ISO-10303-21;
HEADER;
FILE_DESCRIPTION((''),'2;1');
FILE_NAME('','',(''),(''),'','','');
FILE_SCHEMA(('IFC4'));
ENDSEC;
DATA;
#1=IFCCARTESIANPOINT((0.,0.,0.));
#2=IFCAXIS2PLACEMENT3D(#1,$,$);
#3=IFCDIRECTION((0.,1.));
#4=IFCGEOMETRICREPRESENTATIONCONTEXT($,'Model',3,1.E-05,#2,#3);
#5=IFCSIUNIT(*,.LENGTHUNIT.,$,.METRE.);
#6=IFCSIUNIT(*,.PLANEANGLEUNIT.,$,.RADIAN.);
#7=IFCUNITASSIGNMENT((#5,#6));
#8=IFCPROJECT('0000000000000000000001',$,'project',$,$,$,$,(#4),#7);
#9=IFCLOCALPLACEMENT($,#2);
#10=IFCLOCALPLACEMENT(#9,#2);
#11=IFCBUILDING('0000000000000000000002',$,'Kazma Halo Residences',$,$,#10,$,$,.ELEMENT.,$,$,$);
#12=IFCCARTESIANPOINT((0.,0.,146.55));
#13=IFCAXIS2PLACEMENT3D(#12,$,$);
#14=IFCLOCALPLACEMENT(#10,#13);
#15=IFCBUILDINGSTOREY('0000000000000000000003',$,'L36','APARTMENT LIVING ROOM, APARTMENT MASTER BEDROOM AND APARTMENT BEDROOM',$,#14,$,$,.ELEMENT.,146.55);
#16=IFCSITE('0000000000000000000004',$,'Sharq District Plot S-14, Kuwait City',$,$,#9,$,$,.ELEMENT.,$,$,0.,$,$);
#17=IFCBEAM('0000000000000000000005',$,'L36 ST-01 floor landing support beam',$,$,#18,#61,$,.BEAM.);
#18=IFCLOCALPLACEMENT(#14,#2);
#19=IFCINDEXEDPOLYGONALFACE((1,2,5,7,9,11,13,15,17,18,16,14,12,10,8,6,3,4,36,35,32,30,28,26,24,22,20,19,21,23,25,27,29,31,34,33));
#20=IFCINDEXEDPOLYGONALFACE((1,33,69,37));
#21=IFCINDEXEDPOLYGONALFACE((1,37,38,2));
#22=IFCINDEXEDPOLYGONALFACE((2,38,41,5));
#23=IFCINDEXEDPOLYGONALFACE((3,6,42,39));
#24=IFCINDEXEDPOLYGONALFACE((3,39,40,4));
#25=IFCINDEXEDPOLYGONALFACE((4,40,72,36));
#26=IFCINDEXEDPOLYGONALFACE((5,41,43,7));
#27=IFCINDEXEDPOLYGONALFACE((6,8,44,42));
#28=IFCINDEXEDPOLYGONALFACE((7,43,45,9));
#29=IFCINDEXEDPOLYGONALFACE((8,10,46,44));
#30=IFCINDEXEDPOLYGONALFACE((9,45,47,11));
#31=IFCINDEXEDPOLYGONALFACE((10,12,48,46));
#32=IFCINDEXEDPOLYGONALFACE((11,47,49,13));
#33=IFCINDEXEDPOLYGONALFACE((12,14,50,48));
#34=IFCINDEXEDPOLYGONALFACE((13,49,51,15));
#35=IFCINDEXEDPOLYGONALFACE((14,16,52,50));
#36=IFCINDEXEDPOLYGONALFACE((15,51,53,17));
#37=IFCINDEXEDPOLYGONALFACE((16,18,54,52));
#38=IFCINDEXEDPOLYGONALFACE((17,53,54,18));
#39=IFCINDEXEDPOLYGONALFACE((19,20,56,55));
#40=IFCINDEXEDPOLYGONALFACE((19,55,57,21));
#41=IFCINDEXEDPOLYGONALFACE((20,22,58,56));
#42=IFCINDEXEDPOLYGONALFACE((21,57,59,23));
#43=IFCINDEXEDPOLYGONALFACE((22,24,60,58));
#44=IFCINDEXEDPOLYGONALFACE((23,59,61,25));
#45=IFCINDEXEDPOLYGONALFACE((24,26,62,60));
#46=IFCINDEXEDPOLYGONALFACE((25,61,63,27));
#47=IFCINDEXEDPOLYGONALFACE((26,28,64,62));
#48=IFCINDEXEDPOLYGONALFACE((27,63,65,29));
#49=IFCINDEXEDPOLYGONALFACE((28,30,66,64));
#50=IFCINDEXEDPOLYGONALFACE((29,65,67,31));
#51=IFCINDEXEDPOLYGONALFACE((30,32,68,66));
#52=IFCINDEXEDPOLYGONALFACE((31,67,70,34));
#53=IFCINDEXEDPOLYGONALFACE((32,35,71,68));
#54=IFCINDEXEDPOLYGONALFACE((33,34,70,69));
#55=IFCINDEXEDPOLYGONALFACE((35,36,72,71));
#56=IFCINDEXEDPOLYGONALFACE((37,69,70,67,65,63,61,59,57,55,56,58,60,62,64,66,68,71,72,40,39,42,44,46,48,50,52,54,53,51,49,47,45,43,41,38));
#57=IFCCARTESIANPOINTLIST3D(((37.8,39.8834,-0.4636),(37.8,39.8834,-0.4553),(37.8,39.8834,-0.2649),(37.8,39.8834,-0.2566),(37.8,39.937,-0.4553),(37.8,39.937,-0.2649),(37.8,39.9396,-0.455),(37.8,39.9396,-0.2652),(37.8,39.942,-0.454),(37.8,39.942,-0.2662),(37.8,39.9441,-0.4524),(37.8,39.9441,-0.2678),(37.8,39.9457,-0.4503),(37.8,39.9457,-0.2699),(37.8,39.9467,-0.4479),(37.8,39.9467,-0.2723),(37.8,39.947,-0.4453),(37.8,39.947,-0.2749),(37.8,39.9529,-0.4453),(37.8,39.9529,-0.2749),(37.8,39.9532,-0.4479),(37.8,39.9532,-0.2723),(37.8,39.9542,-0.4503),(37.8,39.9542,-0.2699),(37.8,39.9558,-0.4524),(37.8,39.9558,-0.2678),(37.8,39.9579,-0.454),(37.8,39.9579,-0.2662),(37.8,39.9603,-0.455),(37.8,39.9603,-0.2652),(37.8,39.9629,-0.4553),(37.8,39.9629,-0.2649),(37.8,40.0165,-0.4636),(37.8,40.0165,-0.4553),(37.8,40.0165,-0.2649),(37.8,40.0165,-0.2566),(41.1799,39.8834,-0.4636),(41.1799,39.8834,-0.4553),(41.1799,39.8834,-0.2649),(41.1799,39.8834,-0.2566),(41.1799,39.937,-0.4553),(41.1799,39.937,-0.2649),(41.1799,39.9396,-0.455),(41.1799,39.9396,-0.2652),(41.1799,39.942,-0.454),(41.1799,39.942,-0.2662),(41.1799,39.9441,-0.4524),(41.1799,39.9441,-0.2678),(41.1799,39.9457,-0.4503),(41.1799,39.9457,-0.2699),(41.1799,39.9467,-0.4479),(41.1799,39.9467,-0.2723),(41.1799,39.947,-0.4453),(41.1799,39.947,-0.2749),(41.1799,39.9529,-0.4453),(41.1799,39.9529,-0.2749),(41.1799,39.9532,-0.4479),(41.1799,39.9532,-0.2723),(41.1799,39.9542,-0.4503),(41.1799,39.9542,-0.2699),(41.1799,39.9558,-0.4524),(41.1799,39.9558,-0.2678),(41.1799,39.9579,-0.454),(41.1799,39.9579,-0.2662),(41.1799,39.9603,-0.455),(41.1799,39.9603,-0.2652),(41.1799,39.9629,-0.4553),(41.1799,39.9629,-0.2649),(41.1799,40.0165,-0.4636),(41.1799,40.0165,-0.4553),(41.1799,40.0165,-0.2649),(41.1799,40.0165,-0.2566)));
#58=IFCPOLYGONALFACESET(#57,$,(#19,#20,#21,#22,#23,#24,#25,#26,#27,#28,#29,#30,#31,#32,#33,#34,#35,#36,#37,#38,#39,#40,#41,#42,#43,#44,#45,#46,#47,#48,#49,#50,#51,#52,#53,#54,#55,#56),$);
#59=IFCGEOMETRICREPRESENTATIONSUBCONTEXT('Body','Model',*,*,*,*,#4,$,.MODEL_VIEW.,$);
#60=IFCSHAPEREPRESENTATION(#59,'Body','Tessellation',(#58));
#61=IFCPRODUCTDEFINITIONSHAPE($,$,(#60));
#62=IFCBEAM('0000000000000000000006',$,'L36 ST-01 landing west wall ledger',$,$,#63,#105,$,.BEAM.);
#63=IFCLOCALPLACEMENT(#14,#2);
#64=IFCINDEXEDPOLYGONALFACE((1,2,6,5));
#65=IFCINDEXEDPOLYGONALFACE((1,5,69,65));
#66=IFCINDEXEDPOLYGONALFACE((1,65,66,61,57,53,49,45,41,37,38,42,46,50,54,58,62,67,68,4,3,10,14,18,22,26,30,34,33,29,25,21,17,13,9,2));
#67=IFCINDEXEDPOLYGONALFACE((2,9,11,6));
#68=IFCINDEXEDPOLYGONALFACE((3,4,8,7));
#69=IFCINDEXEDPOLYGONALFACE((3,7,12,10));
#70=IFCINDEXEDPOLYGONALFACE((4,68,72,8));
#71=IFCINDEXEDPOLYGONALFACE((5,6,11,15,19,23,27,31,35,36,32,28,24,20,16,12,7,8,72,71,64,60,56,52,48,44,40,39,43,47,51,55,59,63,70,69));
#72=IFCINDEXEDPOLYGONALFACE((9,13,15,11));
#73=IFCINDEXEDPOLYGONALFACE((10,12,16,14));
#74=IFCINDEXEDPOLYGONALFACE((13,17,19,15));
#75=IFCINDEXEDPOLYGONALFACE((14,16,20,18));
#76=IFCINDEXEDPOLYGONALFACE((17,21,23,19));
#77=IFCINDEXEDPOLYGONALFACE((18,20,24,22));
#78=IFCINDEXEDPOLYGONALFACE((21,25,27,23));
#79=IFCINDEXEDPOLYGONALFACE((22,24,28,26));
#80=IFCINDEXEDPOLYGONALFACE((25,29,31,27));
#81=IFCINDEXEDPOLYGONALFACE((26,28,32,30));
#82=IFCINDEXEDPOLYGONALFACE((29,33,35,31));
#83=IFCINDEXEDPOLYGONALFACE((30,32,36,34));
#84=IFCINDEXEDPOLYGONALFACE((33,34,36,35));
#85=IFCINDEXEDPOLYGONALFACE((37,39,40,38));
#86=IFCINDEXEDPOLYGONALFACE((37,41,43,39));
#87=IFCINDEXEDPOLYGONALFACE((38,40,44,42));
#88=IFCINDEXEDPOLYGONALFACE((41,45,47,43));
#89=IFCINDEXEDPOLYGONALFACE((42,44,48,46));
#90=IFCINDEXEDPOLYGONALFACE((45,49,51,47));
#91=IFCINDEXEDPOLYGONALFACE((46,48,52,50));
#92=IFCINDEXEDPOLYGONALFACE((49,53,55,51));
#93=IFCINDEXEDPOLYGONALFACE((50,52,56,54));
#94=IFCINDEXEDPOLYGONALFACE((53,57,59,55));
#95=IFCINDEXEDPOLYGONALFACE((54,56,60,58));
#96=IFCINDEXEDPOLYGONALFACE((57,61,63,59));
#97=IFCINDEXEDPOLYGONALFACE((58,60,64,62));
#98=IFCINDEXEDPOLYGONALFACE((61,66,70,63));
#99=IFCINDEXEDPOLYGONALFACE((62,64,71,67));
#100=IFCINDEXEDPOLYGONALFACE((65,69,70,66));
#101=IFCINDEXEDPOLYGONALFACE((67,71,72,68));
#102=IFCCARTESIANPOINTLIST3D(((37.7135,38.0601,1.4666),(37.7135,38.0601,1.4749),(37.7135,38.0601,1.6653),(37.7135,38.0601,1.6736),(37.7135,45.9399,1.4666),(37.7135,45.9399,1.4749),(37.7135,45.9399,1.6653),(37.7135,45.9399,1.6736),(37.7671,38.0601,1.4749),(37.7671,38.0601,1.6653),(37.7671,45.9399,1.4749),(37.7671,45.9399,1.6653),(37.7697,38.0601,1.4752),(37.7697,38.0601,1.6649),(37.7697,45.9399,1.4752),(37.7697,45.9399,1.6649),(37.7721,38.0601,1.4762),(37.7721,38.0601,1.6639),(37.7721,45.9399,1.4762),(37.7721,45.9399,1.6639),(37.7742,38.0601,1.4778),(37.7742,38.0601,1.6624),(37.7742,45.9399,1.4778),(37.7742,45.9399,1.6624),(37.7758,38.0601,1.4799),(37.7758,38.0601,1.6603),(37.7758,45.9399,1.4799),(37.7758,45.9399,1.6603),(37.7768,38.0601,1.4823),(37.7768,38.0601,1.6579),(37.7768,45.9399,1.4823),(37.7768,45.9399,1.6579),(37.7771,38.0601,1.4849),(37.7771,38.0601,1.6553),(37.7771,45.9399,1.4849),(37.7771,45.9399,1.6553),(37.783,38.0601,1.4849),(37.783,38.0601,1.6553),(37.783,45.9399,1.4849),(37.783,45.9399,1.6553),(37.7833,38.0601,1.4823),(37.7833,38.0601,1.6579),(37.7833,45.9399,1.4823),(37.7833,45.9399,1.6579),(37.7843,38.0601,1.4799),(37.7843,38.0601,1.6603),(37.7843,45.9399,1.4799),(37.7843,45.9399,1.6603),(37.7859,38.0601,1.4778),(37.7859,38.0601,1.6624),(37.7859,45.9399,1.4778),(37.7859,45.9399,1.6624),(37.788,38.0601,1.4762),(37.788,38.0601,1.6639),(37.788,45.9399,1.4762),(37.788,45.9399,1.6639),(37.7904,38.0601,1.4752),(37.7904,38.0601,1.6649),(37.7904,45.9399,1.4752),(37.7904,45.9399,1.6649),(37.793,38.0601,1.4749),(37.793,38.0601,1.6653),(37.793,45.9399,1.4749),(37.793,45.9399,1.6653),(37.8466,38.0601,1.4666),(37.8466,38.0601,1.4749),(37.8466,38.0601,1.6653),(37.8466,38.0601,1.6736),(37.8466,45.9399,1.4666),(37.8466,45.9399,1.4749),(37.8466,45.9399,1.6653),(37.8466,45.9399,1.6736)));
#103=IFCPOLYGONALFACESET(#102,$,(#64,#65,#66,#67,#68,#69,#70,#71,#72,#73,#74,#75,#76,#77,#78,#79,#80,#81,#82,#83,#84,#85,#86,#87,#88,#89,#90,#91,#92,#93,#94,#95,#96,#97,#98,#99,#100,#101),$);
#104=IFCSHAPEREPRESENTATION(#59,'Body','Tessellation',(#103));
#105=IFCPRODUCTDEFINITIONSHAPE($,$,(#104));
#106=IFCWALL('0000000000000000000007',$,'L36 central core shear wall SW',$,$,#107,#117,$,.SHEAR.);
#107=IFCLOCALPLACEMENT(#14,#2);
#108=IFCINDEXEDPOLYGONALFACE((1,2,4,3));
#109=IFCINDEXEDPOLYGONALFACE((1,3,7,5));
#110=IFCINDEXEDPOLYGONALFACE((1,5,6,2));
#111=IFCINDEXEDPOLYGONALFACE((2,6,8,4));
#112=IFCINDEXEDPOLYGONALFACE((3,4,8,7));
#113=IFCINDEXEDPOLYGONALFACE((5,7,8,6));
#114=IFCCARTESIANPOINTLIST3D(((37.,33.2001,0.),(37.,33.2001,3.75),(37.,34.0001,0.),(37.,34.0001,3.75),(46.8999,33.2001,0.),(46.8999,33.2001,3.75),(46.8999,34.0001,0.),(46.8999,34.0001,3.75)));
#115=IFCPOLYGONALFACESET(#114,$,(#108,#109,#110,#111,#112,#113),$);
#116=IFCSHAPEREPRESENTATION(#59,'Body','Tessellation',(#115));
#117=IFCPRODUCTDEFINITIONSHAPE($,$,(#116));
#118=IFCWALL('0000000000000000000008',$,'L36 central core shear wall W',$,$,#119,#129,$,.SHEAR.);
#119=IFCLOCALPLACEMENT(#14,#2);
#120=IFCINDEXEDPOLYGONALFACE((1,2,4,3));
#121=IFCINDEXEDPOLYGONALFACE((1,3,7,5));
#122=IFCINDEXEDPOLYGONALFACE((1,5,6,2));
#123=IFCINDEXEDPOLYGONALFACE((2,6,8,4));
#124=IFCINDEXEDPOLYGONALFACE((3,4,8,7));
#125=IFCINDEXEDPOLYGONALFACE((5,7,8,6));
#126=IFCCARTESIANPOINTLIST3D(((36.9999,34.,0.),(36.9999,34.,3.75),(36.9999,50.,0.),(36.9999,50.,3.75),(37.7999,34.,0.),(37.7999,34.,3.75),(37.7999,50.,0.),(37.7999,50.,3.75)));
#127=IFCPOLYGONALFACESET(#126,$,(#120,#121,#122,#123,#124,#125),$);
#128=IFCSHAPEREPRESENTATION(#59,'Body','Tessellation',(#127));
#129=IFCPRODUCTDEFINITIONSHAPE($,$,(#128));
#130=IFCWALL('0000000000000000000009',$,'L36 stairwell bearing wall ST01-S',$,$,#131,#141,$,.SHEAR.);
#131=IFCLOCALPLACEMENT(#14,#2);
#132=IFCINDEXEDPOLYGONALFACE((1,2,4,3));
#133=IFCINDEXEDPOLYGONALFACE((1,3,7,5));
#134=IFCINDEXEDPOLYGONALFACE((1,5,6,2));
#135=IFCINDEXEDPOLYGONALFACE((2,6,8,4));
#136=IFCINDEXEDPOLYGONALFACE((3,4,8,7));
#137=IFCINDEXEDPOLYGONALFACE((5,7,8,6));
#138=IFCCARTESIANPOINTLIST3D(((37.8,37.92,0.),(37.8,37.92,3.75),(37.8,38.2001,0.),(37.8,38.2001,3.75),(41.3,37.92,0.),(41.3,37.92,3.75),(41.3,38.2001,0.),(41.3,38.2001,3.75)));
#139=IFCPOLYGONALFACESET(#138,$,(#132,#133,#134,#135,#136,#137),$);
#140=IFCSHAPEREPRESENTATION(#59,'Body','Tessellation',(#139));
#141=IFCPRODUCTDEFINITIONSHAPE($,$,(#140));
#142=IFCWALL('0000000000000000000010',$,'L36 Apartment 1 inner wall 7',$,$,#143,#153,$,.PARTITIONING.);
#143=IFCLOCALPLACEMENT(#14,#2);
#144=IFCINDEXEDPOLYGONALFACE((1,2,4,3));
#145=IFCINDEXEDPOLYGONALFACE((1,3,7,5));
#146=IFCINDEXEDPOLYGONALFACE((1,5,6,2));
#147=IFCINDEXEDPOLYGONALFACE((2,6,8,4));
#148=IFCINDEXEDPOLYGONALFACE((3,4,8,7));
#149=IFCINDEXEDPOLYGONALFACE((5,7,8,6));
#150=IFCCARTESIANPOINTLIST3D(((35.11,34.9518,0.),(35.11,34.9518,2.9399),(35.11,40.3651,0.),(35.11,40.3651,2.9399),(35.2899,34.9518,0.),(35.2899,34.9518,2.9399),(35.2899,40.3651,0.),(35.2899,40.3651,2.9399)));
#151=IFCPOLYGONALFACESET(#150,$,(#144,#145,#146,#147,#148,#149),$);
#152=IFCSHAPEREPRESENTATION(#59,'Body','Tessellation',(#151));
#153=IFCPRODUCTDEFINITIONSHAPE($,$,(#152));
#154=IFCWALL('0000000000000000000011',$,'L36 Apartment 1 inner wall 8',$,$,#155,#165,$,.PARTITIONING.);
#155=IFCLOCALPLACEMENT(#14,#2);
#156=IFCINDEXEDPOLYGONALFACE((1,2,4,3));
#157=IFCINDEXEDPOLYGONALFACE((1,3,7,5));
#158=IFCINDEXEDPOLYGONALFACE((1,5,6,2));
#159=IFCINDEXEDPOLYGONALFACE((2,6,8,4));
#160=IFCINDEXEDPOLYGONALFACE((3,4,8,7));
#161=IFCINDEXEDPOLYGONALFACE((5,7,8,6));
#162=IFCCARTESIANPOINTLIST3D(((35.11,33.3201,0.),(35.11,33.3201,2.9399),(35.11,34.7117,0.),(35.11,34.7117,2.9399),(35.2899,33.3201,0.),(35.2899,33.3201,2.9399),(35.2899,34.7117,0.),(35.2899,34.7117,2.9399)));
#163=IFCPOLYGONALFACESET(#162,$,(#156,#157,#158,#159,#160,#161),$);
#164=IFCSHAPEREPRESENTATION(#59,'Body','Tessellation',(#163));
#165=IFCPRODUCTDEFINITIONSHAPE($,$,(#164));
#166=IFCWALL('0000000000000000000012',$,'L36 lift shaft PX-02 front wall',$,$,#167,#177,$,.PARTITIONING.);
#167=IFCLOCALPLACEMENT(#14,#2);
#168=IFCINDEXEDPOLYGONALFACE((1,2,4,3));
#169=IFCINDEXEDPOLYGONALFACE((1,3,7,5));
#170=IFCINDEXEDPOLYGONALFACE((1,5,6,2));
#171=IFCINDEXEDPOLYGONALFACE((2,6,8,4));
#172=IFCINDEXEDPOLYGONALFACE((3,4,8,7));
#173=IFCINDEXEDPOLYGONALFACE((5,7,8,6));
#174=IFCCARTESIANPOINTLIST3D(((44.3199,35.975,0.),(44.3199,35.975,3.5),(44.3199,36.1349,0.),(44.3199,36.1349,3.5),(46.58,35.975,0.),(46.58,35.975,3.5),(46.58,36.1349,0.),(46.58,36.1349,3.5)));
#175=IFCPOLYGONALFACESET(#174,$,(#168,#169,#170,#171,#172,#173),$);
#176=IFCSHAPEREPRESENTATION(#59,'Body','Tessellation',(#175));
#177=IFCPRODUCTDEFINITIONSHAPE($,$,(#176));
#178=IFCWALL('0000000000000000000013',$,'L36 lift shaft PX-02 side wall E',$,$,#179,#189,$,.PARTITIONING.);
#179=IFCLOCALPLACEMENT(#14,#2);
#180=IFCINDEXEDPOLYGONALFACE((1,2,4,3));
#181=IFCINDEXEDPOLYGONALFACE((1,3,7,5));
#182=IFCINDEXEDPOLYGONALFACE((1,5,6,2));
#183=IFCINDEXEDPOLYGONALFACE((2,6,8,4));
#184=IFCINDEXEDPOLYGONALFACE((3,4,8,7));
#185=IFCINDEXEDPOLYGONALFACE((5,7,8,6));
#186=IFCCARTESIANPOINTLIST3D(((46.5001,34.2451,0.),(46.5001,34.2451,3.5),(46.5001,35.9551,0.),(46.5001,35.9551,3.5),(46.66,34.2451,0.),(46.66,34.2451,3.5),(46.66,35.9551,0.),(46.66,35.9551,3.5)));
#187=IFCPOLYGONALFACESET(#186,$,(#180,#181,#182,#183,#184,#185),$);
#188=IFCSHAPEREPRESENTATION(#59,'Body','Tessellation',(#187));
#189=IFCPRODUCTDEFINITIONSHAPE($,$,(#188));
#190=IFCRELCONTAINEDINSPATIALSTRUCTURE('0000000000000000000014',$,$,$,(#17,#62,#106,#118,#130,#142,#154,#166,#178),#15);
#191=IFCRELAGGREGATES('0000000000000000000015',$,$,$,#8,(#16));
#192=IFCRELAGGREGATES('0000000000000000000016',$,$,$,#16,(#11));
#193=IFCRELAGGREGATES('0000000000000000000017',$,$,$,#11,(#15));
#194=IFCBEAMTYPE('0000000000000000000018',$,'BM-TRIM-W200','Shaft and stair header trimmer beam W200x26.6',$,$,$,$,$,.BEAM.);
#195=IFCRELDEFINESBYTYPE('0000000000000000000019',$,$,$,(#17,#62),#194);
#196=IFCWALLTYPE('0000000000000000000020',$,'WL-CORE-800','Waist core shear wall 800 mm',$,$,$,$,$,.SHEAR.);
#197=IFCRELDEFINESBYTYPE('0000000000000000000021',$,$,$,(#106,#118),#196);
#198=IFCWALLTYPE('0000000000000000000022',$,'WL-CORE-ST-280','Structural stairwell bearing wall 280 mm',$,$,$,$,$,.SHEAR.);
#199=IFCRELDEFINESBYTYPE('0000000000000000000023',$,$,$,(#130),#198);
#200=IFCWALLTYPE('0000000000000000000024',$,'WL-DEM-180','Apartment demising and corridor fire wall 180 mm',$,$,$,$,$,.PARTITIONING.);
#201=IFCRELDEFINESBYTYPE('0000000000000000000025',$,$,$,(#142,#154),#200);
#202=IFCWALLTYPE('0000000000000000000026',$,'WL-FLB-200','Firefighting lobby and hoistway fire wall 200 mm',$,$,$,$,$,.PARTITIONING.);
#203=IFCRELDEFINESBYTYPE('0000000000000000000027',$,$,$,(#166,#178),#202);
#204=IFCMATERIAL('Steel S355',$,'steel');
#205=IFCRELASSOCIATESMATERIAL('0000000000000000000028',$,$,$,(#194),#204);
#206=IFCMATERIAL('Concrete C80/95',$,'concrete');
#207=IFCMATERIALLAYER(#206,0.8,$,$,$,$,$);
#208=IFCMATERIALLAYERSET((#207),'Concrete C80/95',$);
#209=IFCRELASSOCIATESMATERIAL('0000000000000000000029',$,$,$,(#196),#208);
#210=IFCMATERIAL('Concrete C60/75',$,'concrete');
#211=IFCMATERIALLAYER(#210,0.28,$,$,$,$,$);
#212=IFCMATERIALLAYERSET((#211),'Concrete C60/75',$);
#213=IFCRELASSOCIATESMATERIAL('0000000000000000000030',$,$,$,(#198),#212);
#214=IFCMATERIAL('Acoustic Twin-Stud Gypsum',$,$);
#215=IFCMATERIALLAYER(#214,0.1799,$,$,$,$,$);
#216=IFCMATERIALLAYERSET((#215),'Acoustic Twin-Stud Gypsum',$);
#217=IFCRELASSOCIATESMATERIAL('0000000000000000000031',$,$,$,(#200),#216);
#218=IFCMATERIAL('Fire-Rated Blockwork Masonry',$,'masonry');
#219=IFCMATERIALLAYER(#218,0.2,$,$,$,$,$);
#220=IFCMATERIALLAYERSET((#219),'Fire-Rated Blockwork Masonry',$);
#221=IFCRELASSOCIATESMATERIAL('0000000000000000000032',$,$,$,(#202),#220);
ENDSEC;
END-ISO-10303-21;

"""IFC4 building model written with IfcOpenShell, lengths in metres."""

from ifc_helpers import new_model, si_unit, direction, frame, frame_2d, origin, origin_2d, place, context, subcontext, project, spatial, rectangle, i_section, extrude, material, layer, layer_set, material_profile, profile_set, type_object, element, save


model = new_model("IFC4")

# Units and contexts
model_context = context("Model", 3, precision=1e-05, world=origin(), true_north=direction((0.0, 1.0)))
body_context = subcontext(model_context, "Body", "Model", "MODEL_VIEW")
ifc_project = project(units=[si_unit("LENGTHUNIT", "METRE"), si_unit("PLANEANGLEUNIT", "RADIAN")], contexts=[model_context])

# Site, building, storey
site_placement = place(None, origin())
site = spatial("IfcSite", under=ifc_project, at=site_placement, Name="Sharq District Plot S-14, Kuwait City", CompositionType="ELEMENT", RefElevation=0.0)
building_placement = place(site_placement, origin())
building = spatial("IfcBuilding", under=site, at=building_placement, Name="Kazma Halo Residences", CompositionType="ELEMENT")
storey_placement = place(building_placement, frame((0.0, 0.0, 146.55)))
storey = spatial("IfcBuildingStorey", under=building, at=storey_placement, Name="L36", Description="APARTMENT LIVING ROOM, APARTMENT MASTER BEDROOM AND APARTMENT BEDROOM", CompositionType="ELEMENT", Elevation=146.55)

# Beams
ifc_material_1 = material(Name="Steel S355", Category="steel")
ifc_material_profile_1 = material_profile(ifc_material_1, i_section(OverallWidth=0.1331, OverallDepth=0.207, WebThickness=0.0059, FlangeThickness=0.0083, FilletRadius=0.01, at=origin_2d()), Name="W200x26.6")
ifc_profile_set_1 = profile_set([ifc_material_profile_1], Name="Steel S355")
beam_type_1 = type_object("IfcBeamType", Name="BM-TRIM-W200", Description="Shaft and stair header trimmer beam W200x26.6", PredefinedType="BEAM", material=ifc_profile_set_1)
beam_1_placement = place(storey_placement, frame((37.8, 39.95, -0.3601), z_axis=(1.0, 0.0, 0.0), x_axis=(0.0, 1.0, 0.0)))
element("IfcBeam", 1, at=beam_1_placement, inside=storey, type_object=beam_type_1, Name="L36 ST-01 floor landing support beam", PredefinedType="BEAM", context=body_context, shape_type="SweptSolid", body=[
    extrude(i_section(OverallWidth=0.1331, OverallDepth=0.207, WebThickness=0.0059, FlangeThickness=0.0083, FilletRadius=0.01, at=origin_2d()), origin(), (0.0, 0.0, 1.0), 3.3799),
])
beam_2_placement = place(storey_placement, frame((37.78, 38.0601, 1.5701), z_axis=(0.0, 1.0, 0.0), x_axis=(-1.0, 0.0, 0.0)))
element("IfcBeam", 2, at=beam_2_placement, inside=storey, type_object=beam_type_1, Name="L36 ST-01 landing west wall ledger", PredefinedType="BEAM", context=body_context, shape_type="SweptSolid", body=[
    extrude(i_section(OverallWidth=0.1331, OverallDepth=0.207, WebThickness=0.0059, FlangeThickness=0.0083, FilletRadius=0.01, at=origin_2d()), origin(), (0.0, 0.0, 1.0), 7.8799),
])

# Walls
ifc_material_2 = material(Name="Concrete C80/95", Category="concrete")
ifc_layer_1 = layer(ifc_material_2, 0.8)
ifc_layer_set_1 = layer_set([ifc_layer_1], Name="Concrete C80/95")
wall_type_1 = type_object("IfcWallType", Name="WL-CORE-800", Description="Waist core shear wall 800 mm", PredefinedType="SHEAR", material=ifc_layer_set_1)
wall_1_placement = place(storey_placement, frame((37.0, 33.6001, 0.0), z_axis=(0.0, 0.0, 1.0), x_axis=(1.0, 0.0, 0.0)))
element("IfcWall", 3, at=wall_1_placement, inside=storey, type_object=wall_type_1, Name="L36 central core shear wall SW", PredefinedType="SHEAR", context=body_context, shape_type="SweptSolid", body=[
    extrude(rectangle(XDim=9.8999, YDim=0.8, at=frame_2d((4.95, 0.0))), origin(), (0.0, 0.0, 1.0), 3.75),
])
wall_2_placement = place(storey_placement, frame((37.3999, 34.0, 0.0), z_axis=(0.0, 0.0, 1.0), x_axis=(0.0, 1.0, 0.0)))
element("IfcWall", 4, at=wall_2_placement, inside=storey, type_object=wall_type_1, Name="L36 central core shear wall W", PredefinedType="SHEAR", context=body_context, shape_type="SweptSolid", body=[
    extrude(rectangle(XDim=16.0, YDim=0.8, at=frame_2d((8.0, 0.0))), origin(), (0.0, 0.0, 1.0), 3.75),
])
ifc_material_3 = material(Name="Concrete C60/75", Category="concrete")
ifc_layer_2 = layer(ifc_material_3, 0.28)
ifc_layer_set_2 = layer_set([ifc_layer_2], Name="Concrete C60/75")
wall_type_2 = type_object("IfcWallType", Name="WL-CORE-ST-280", Description="Structural stairwell bearing wall 280 mm", PredefinedType="SHEAR", material=ifc_layer_set_2)
wall_3_placement = place(storey_placement, frame((37.8, 38.0601, 0.0), z_axis=(0.0, 0.0, 1.0), x_axis=(1.0, 0.0, 0.0)))
element("IfcWall", 5, at=wall_3_placement, inside=storey, type_object=wall_type_2, Name="L36 stairwell bearing wall ST01-S", PredefinedType="SHEAR", context=body_context, shape_type="SweptSolid", body=[
    extrude(rectangle(XDim=3.5, YDim=0.28, at=frame_2d((1.75, 0.0))), origin(), (0.0, 0.0, 1.0), 3.75),
])
ifc_material_4 = material(Name="Acoustic Twin-Stud Gypsum")
ifc_layer_3 = layer(ifc_material_4, 0.1799)
ifc_layer_set_3 = layer_set([ifc_layer_3], Name="Acoustic Twin-Stud Gypsum")
wall_type_3 = type_object("IfcWallType", Name="WL-DEM-180", Description="Apartment demising and corridor fire wall 180 mm", PredefinedType="PARTITIONING", material=ifc_layer_set_3)
wall_4_placement = place(storey_placement, frame((35.2, 40.365, 0.0), z_axis=(0.0, 0.0, 1.0), x_axis=(0.0, -1.0, 0.0)))
element("IfcWall", 6, at=wall_4_placement, inside=storey, type_object=wall_type_3, Name="L36 Apartment 1 inner wall 7", PredefinedType="PARTITIONING", context=body_context, shape_type="SweptSolid", body=[
    extrude(rectangle(XDim=5.4133, YDim=0.1799, at=frame_2d((2.7065, 0.0))), origin(), (0.0, 0.0, 1.0), 2.9399),
])
wall_5_placement = place(storey_placement, frame((35.2, 34.7117, 0.0), z_axis=(0.0, 0.0, 1.0), x_axis=(0.0, -1.0, 0.0)))
element("IfcWall", 7, at=wall_5_placement, inside=storey, type_object=wall_type_3, Name="L36 Apartment 1 inner wall 8", PredefinedType="PARTITIONING", context=body_context, shape_type="SweptSolid", body=[
    extrude(rectangle(XDim=1.3916, YDim=0.1799, at=frame_2d((0.6958, 0.0))), origin(), (0.0, 0.0, 1.0), 2.9399),
])
ifc_material_5 = material(Name="Fire-Rated Blockwork Masonry", Category="masonry")
ifc_layer_4 = layer(ifc_material_5, 0.2)
ifc_layer_set_4 = layer_set([ifc_layer_4], Name="Fire-Rated Blockwork Masonry")
wall_type_4 = type_object("IfcWallType", Name="WL-FLB-200", Description="Firefighting lobby and hoistway fire wall 200 mm", PredefinedType="PARTITIONING", material=ifc_layer_set_4)
wall_6_placement = place(storey_placement, frame((44.3201, 36.0549, 0.0), z_axis=(0.0, 0.0, 1.0), x_axis=(1.0, 0.0, 0.0)))
element("IfcWall", 8, at=wall_6_placement, inside=storey, type_object=wall_type_4, Name="L36 lift shaft PX-02 front wall", PredefinedType="PARTITIONING", context=body_context, shape_type="SweptSolid", body=[
    extrude(rectangle(XDim=2.26, YDim=0.1599, at=frame_2d((1.1299, 0.0))), origin(), (0.0, 0.0, 1.0), 3.5),
])
wall_7_placement = place(storey_placement, frame((46.5801, 34.2451, 0.0), z_axis=(0.0, 0.0, 1.0), x_axis=(0.0, 1.0, 0.0)))
element("IfcWall", 9, at=wall_7_placement, inside=storey, type_object=wall_type_4, Name="L36 lift shaft PX-02 side wall E", PredefinedType="PARTITIONING", context=body_context, shape_type="SweptSolid", body=[
    extrude(rectangle(XDim=1.71, YDim=0.1599, at=frame_2d((0.855, 0.0))), origin(), (0.0, 0.0, 1.0), 3.5),
])

save(model, "model.ifc")
